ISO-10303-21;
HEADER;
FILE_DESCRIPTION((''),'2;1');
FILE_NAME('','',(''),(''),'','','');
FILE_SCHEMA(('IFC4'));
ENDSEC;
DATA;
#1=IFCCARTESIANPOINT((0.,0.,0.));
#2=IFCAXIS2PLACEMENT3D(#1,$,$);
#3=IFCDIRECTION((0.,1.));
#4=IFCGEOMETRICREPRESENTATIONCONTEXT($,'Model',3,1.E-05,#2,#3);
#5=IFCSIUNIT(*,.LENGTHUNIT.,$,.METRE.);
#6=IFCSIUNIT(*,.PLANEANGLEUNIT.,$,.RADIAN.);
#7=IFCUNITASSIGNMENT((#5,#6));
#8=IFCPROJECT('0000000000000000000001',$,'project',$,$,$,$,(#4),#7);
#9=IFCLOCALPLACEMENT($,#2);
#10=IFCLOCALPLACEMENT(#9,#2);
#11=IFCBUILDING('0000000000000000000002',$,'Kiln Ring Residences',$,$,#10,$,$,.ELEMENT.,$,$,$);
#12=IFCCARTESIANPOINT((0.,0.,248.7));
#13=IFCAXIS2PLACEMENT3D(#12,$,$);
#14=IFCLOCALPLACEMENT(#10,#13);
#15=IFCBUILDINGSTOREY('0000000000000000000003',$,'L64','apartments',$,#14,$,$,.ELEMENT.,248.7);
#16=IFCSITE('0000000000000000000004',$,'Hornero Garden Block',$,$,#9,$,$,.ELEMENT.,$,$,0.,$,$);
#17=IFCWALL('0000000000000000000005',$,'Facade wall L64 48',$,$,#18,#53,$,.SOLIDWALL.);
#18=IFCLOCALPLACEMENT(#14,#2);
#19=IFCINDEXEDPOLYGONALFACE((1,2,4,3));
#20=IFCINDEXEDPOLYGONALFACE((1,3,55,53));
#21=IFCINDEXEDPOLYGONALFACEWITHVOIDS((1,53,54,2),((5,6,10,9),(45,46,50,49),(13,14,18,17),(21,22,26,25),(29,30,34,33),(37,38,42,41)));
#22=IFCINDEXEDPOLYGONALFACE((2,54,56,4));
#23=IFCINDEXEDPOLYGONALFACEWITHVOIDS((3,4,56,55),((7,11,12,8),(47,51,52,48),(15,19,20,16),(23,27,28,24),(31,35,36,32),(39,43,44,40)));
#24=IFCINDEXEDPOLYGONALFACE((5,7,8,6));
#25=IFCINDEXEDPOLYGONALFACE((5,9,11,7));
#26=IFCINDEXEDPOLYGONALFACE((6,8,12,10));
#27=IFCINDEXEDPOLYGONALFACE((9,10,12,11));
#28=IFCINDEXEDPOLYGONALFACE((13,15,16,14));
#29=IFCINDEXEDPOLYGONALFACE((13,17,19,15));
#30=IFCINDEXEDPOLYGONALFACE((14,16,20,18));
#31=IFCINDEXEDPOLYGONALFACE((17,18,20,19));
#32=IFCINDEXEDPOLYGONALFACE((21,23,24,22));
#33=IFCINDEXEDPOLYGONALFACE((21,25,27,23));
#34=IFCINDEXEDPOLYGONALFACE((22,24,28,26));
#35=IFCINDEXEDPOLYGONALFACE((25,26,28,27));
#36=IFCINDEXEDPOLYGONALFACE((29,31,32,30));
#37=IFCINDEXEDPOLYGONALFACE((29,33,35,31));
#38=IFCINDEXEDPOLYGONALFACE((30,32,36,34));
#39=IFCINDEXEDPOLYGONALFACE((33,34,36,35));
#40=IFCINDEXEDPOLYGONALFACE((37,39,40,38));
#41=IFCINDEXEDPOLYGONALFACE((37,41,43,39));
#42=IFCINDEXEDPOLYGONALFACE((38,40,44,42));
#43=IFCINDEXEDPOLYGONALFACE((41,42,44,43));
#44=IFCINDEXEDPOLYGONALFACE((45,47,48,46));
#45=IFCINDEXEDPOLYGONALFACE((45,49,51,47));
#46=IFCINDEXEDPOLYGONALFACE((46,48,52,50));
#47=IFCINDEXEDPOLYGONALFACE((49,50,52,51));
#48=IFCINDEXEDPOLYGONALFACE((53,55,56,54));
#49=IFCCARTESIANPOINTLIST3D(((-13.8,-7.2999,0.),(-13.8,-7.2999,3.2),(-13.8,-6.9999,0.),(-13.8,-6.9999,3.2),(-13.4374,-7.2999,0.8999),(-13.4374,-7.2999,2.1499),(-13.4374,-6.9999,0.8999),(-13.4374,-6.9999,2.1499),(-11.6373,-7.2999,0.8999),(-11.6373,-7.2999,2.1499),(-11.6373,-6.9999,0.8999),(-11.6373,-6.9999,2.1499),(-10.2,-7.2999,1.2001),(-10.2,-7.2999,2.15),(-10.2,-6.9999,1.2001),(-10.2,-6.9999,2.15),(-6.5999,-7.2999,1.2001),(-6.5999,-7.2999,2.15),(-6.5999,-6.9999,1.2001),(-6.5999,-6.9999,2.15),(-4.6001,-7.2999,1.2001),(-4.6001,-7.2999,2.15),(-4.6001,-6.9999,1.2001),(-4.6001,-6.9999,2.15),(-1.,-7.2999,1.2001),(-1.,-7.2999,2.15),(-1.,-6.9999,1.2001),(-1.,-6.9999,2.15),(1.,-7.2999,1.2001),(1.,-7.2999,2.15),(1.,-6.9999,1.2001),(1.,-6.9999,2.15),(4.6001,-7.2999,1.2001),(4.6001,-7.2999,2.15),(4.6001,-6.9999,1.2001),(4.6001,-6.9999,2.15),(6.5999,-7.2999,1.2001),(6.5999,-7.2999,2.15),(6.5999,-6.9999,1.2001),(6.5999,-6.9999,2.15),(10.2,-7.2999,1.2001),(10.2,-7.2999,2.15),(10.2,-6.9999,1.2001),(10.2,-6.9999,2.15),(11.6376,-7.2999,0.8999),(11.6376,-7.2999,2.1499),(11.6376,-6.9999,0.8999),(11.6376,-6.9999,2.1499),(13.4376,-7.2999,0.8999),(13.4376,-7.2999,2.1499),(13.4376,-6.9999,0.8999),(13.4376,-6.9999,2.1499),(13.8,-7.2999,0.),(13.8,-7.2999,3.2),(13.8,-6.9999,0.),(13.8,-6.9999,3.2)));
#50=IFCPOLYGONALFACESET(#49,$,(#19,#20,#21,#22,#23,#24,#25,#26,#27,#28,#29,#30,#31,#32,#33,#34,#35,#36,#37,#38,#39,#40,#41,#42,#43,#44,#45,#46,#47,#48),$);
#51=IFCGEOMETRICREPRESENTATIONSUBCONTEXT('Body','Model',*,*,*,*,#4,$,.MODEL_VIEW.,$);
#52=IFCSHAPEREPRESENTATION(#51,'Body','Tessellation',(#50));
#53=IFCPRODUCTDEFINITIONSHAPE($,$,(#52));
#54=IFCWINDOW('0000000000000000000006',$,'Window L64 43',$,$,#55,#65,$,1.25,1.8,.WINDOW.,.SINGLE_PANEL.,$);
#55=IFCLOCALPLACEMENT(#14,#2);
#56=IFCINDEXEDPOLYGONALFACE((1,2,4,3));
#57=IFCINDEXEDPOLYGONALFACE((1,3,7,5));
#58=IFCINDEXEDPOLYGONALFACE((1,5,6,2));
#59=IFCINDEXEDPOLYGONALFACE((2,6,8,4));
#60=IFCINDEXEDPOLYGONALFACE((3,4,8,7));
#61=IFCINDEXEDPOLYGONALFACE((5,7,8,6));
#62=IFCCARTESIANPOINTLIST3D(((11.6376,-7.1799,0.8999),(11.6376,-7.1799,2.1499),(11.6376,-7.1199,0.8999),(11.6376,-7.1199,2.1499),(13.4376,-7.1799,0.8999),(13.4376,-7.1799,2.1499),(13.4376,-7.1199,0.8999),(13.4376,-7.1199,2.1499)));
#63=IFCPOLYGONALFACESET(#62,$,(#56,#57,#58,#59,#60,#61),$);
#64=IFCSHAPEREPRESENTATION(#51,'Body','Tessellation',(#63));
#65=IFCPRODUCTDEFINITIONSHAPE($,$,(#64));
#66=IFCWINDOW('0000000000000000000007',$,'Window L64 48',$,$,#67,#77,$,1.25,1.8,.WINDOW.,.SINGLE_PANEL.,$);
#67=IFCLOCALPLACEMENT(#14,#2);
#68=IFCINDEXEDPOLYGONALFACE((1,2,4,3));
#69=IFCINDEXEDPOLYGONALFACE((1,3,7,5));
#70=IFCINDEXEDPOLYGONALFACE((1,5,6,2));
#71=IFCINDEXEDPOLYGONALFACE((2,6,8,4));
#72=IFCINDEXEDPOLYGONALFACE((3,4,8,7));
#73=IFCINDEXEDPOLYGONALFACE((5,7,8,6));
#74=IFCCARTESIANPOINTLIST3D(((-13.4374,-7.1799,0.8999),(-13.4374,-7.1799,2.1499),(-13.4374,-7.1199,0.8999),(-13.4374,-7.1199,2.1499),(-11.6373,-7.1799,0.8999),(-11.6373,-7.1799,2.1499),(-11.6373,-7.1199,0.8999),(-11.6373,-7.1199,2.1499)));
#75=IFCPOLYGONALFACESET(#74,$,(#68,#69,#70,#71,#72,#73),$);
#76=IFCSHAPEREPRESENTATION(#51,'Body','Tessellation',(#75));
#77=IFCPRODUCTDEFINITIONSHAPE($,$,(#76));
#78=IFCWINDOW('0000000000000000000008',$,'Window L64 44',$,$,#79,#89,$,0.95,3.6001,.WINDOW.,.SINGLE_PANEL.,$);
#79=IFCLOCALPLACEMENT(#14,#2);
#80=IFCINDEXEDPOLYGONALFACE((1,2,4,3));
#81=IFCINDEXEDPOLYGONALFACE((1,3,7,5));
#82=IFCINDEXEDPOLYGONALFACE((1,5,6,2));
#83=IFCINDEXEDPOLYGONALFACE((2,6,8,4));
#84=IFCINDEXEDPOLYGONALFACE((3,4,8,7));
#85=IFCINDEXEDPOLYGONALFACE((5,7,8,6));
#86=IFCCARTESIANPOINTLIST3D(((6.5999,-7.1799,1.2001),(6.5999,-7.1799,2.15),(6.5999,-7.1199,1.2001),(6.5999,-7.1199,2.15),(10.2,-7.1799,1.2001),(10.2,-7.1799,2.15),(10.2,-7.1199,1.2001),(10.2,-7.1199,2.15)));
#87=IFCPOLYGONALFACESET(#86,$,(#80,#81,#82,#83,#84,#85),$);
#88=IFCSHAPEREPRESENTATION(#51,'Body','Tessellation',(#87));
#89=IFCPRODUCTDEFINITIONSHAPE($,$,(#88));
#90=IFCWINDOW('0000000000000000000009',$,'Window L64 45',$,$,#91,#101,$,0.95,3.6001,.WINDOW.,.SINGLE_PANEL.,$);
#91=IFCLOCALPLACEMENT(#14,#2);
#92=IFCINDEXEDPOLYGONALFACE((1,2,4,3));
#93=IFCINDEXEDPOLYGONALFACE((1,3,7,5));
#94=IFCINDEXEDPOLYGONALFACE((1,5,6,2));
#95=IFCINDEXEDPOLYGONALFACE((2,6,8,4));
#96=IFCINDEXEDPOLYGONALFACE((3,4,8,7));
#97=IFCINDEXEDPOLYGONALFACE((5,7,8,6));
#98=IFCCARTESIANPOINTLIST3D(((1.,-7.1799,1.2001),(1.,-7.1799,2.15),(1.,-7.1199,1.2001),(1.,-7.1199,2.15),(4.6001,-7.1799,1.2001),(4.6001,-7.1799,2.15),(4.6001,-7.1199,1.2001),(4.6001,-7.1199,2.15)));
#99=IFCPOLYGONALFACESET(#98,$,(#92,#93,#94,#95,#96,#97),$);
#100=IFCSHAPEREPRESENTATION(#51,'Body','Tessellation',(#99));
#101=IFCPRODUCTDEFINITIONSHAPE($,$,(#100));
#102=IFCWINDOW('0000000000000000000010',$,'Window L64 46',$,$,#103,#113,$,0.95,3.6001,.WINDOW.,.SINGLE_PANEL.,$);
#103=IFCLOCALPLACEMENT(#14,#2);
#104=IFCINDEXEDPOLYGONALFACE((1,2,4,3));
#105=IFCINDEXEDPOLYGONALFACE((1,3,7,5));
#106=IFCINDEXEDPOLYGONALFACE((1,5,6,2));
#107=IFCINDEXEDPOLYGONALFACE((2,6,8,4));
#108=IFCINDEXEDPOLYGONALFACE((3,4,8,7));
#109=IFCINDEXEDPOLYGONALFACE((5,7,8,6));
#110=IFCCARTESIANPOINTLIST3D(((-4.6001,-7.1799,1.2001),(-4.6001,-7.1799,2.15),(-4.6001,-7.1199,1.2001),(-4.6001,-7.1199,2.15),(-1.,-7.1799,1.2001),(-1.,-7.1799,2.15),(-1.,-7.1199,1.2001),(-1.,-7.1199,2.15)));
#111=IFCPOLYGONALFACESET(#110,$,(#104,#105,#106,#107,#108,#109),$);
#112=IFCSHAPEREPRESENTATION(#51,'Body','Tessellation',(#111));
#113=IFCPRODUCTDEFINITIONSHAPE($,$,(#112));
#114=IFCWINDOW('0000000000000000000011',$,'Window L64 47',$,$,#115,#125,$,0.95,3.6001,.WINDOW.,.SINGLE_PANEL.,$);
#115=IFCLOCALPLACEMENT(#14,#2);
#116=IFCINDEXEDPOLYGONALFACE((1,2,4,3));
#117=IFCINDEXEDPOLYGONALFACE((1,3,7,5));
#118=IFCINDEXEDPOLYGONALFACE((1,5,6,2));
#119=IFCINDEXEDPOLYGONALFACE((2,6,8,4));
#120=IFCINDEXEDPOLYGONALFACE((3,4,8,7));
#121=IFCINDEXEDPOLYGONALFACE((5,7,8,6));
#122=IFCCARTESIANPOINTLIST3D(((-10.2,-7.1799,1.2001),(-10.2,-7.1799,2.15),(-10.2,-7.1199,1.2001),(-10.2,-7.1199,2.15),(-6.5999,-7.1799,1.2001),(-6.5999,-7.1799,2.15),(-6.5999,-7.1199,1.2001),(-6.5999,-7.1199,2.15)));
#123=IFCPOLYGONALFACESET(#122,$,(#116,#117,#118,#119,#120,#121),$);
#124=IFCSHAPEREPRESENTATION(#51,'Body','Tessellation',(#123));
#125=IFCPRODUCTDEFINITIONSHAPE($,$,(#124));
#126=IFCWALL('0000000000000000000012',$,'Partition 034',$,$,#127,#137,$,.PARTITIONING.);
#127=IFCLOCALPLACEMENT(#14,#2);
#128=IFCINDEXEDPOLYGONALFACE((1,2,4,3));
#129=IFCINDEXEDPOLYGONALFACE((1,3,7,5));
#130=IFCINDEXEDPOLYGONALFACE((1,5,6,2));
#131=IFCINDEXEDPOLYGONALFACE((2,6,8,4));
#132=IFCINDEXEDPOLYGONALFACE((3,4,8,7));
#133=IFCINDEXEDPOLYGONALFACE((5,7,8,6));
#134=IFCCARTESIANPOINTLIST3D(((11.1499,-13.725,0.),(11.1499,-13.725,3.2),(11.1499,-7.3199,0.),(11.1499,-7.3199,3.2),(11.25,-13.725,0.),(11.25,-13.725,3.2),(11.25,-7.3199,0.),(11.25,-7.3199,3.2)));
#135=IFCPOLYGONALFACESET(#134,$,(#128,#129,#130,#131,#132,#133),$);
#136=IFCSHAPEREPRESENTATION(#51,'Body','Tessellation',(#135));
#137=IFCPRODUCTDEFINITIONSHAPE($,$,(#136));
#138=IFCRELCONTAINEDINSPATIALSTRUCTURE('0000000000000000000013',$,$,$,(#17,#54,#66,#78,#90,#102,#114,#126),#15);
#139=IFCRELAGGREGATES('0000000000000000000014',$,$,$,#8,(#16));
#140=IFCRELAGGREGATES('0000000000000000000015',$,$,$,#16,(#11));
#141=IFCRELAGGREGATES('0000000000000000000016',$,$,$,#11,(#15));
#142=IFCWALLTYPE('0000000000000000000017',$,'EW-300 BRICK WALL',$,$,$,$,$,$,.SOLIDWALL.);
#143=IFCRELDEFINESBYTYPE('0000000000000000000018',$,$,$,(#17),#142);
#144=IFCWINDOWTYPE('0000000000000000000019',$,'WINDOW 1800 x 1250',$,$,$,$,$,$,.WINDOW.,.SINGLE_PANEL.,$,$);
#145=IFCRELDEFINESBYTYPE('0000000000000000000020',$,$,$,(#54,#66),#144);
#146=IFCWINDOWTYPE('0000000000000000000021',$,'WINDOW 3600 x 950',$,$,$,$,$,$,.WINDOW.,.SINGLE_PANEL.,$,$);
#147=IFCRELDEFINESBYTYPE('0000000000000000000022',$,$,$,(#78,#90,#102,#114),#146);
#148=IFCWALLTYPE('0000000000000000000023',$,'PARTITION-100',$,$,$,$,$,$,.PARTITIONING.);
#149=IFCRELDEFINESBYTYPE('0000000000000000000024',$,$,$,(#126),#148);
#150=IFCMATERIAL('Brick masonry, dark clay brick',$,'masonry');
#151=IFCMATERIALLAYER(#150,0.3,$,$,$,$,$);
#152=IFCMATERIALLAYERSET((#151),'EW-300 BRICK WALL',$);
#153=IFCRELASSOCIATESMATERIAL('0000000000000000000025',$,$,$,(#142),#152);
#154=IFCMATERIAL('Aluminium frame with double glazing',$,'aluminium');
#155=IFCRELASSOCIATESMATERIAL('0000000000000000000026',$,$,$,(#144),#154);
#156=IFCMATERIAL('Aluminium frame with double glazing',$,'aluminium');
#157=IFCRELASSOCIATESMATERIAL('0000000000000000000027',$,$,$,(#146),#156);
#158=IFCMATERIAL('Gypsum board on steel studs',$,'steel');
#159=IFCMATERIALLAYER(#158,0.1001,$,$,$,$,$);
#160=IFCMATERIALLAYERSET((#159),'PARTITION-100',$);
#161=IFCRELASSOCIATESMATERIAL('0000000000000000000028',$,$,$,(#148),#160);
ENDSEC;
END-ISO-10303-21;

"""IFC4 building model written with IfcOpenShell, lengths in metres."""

from ifc_helpers import new_model, si_unit, direction, frame, frame_2d, origin, place, context, subcontext, project, spatial, rectangle, extrude, material, layer, layer_set, type_object, element, fill, save


model = new_model("IFC4")

# Units and contexts
model_context = context("Model", 3, precision=1e-05, world=origin(), true_north=direction((0.0, 1.0)))
body_context = subcontext(model_context, "Body", "Model", "MODEL_VIEW")
ifc_project = project(units=[si_unit("LENGTHUNIT", "METRE"), si_unit("PLANEANGLEUNIT", "RADIAN")], contexts=[model_context])

# Site, building, storey
site_placement = place(None, origin())
site = spatial("IfcSite", under=ifc_project, at=site_placement, Name="Hornero Garden Block", CompositionType="ELEMENT", RefElevation=0.0)
building_placement = place(site_placement, origin())
building = spatial("IfcBuilding", under=site, at=building_placement, Name="Kiln Ring Residences", CompositionType="ELEMENT")
storey_placement = place(building_placement, frame((0.0, 0.0, 248.7)))
storey = spatial("IfcBuildingStorey", under=building, at=storey_placement, Name="L64", Description="apartments", CompositionType="ELEMENT", Elevation=248.7)

# Wall, openings, windows
ifc_material_1 = material(Name="Brick masonry, dark clay brick", Category="masonry")
ifc_layer_1 = layer(ifc_material_1, 0.3)
ifc_layer_set_1 = layer_set([ifc_layer_1], Name="EW-300 BRICK WALL")
wall_type_1 = type_object("IfcWallType", Name="EW-300 BRICK WALL", PredefinedType="SOLIDWALL", material=ifc_layer_set_1)
wall_1_placement = place(storey_placement, frame((13.8, -7.1499, 0.0), z_axis=(0.0, 0.0, 1.0), x_axis=(-1.0, 0.0, 0.0)))
wall_1 = element("IfcWall", 1, at=wall_1_placement, inside=storey, type_object=wall_type_1, Name="Facade wall L64 48", PredefinedType="SOLIDWALL", context=body_context, shape_type="SweptSolid", body=[
    extrude(rectangle(XDim=27.6001, YDim=0.3, at=frame_2d((13.8, 0.0))), origin(), (0.0, 0.0, 1.0), 3.2),
])
opening_1_placement = place(wall_1_placement, frame((0.3625, 0.0, 0.8999)))
opening_1 = element("IfcOpeningElement", 2, at=opening_1_placement, cuts=wall_1, PredefinedType="OPENING", context=body_context, shape_type="SweptSolid", body=[
    extrude(rectangle(XDim=1.8, YDim=1.25, at=frame_2d((0.8999, 0.625))), frame((0.0, 0.1599, 0.0), z_axis=(0.0, -1.0, 0.0), x_axis=(1.0, 0.0, 0.0)), (0.0, 0.0, 1.0), 0.3201),
])
opening_2_placement = place(wall_1_placement, frame((3.6001, 0.0, 1.2)))
opening_2 = element("IfcOpeningElement", 3, at=opening_2_placement, cuts=wall_1, PredefinedType="OPENING", context=body_context, shape_type="SweptSolid", body=[
    extrude(rectangle(XDim=3.6001, YDim=0.95, at=frame_2d((1.8, 0.4751))), frame((0.0, 0.1599, 0.0), z_axis=(0.0, -1.0, 0.0), x_axis=(1.0, 0.0, 0.0)), (0.0, 0.0, 1.0), 0.3201),
])
opening_3_placement = place(wall_1_placement, frame((9.2, 0.0, 1.2)))
opening_3 = element("IfcOpeningElement", 4, at=opening_3_placement, cuts=wall_1, PredefinedType="OPENING", context=body_context, shape_type="SweptSolid", body=[
    extrude(rectangle(XDim=3.6001, YDim=0.95, at=frame_2d((1.8, 0.4751))), frame((0.0, 0.1599, 0.0), z_axis=(0.0, -1.0, 0.0), x_axis=(1.0, 0.0, 0.0)), (0.0, 0.0, 1.0), 0.3201),
])
opening_4_placement = place(wall_1_placement, frame((14.8, 0.0, 1.2)))
opening_4 = element("IfcOpeningElement", 5, at=opening_4_placement, cuts=wall_1, PredefinedType="OPENING", context=body_context, shape_type="SweptSolid", body=[
    extrude(rectangle(XDim=3.6001, YDim=0.95, at=frame_2d((1.8, 0.4751))), frame((0.0, 0.1599, 0.0), z_axis=(0.0, -1.0, 0.0), x_axis=(1.0, 0.0, 0.0)), (0.0, 0.0, 1.0), 0.3201),
])
opening_5_placement = place(wall_1_placement, frame((20.3999, 0.0, 1.2)))
opening_5 = element("IfcOpeningElement", 6, at=opening_5_placement, cuts=wall_1, PredefinedType="OPENING", context=body_context, shape_type="SweptSolid", body=[
    extrude(rectangle(XDim=3.6001, YDim=0.95, at=frame_2d((1.8, 0.4751))), frame((0.0, 0.1599, 0.0), z_axis=(0.0, -1.0, 0.0), x_axis=(1.0, 0.0, 0.0)), (0.0, 0.0, 1.0), 0.3201),
])
opening_6_placement = place(wall_1_placement, frame((25.4375, 0.0, 0.8999)))
opening_6 = element("IfcOpeningElement", 7, at=opening_6_placement, cuts=wall_1, PredefinedType="OPENING", context=body_context, shape_type="SweptSolid", body=[
    extrude(rectangle(XDim=1.8, YDim=1.25, at=frame_2d((0.8999, 0.625))), frame((0.0, 0.1599, 0.0), z_axis=(0.0, -1.0, 0.0), x_axis=(1.0, 0.0, 0.0)), (0.0, 0.0, 1.0), 0.3201),
])
ifc_material_2 = material(Name="Aluminium frame with double glazing", Category="aluminium")
window_type_1 = type_object("IfcWindowType", Name="WINDOW 1800 x 1250", PartitioningType="SINGLE_PANEL", PredefinedType="WINDOW", material=ifc_material_2)
window_1_placement = place(opening_1_placement, origin())
window_1 = element("IfcWindow", 8, at=window_1_placement, inside=storey, type_object=window_type_1, Name="Window L64 43", OverallHeight=1.25, OverallWidth=1.8, PartitioningType="SINGLE_PANEL", PredefinedType="WINDOW", context=body_context, shape_type="SweptSolid", body=[
    extrude(rectangle(XDim=1.8, YDim=1.25, at=frame_2d((0.8999, 0.625))), frame((0.0, 0.03, 0.0), z_axis=(0.0, -1.0, 0.0), x_axis=(1.0, 0.0, 0.0)), (0.0, 0.0, 1.0), 0.0601),
])
fill(opening_1, window_1)
window_2_placement = place(opening_6_placement, origin())
window_2 = element("IfcWindow", 9, at=window_2_placement, inside=storey, type_object=window_type_1, Name="Window L64 48", OverallHeight=1.25, OverallWidth=1.8, PartitioningType="SINGLE_PANEL", PredefinedType="WINDOW", context=body_context, shape_type="SweptSolid", body=[
    extrude(rectangle(XDim=1.8, YDim=1.25, at=frame_2d((0.8999, 0.625))), frame((0.0, 0.03, 0.0), z_axis=(0.0, -1.0, 0.0), x_axis=(1.0, 0.0, 0.0)), (0.0, 0.0, 1.0), 0.0601),
])
fill(opening_6, window_2)
ifc_material_3 = material(Name="Aluminium frame with double glazing", Category="aluminium")
window_type_2 = type_object("IfcWindowType", Name="WINDOW 3600 x 950", PartitioningType="SINGLE_PANEL", PredefinedType="WINDOW", material=ifc_material_3)
window_3_placement = place(opening_2_placement, origin())
window_3 = element("IfcWindow", 10, at=window_3_placement, inside=storey, type_object=window_type_2, Name="Window L64 44", OverallHeight=0.95, OverallWidth=3.6001, PartitioningType="SINGLE_PANEL", PredefinedType="WINDOW", context=body_context, shape_type="SweptSolid", body=[
    extrude(rectangle(XDim=3.6001, YDim=0.95, at=frame_2d((1.8, 0.4751))), frame((0.0, 0.03, 0.0), z_axis=(0.0, -1.0, 0.0), x_axis=(1.0, 0.0, 0.0)), (0.0, 0.0, 1.0), 0.0601),
])
fill(opening_2, window_3)
window_4_placement = place(opening_3_placement, origin())
window_4 = element("IfcWindow", 11, at=window_4_placement, inside=storey, type_object=window_type_2, Name="Window L64 45", OverallHeight=0.95, OverallWidth=3.6001, PartitioningType="SINGLE_PANEL", PredefinedType="WINDOW", context=body_context, shape_type="SweptSolid", body=[
    extrude(rectangle(XDim=3.6001, YDim=0.95, at=frame_2d((1.8, 0.4751))), frame((0.0, 0.03, 0.0), z_axis=(0.0, -1.0, 0.0), x_axis=(1.0, 0.0, 0.0)), (0.0, 0.0, 1.0), 0.0601),
])
fill(opening_3, window_4)
window_5_placement = place(opening_4_placement, origin())
window_5 = element("IfcWindow", 12, at=window_5_placement, inside=storey, type_object=window_type_2, Name="Window L64 46", OverallHeight=0.95, OverallWidth=3.6001, PartitioningType="SINGLE_PANEL", PredefinedType="WINDOW", context=body_context, shape_type="SweptSolid", body=[
    extrude(rectangle(XDim=3.6001, YDim=0.95, at=frame_2d((1.8, 0.4751))), frame((0.0, 0.03, 0.0), z_axis=(0.0, -1.0, 0.0), x_axis=(1.0, 0.0, 0.0)), (0.0, 0.0, 1.0), 0.0601),
])
fill(opening_4, window_5)
window_6_placement = place(opening_5_placement, origin())
window_6 = element("IfcWindow", 13, at=window_6_placement, inside=storey, type_object=window_type_2, Name="Window L64 47", OverallHeight=0.95, OverallWidth=3.6001, PartitioningType="SINGLE_PANEL", PredefinedType="WINDOW", context=body_context, shape_type="SweptSolid", body=[
    extrude(rectangle(XDim=3.6001, YDim=0.95, at=frame_2d((1.8, 0.4751))), frame((0.0, 0.03, 0.0), z_axis=(0.0, -1.0, 0.0), x_axis=(1.0, 0.0, 0.0)), (0.0, 0.0, 1.0), 0.0601),
])
fill(opening_5, window_6)

# Wall
ifc_material_4 = material(Name="Gypsum board on steel studs", Category="steel")
ifc_layer_2 = layer(ifc_material_4, 0.1001)
ifc_layer_set_2 = layer_set([ifc_layer_2], Name="PARTITION-100")
wall_type_2 = type_object("IfcWallType", Name="PARTITION-100", PredefinedType="PARTITIONING", material=ifc_layer_set_2)
wall_2_placement = place(storey_placement, frame((11.2, -13.7251, 0.0), z_axis=(0.0, 0.0, 1.0), x_axis=(0.0, 1.0, 0.0)))
element("IfcWall", 14, at=wall_2_placement, inside=storey, type_object=wall_type_2, Name="Partition 034", PredefinedType="PARTITIONING", context=body_context, shape_type="SweptSolid", body=[
    extrude(rectangle(XDim=6.405, YDim=0.1001, at=frame_2d((3.2026, 0.0))), origin(), (0.0, 0.0, 1.0), 3.2),
])

save(model, "model.ifc")
